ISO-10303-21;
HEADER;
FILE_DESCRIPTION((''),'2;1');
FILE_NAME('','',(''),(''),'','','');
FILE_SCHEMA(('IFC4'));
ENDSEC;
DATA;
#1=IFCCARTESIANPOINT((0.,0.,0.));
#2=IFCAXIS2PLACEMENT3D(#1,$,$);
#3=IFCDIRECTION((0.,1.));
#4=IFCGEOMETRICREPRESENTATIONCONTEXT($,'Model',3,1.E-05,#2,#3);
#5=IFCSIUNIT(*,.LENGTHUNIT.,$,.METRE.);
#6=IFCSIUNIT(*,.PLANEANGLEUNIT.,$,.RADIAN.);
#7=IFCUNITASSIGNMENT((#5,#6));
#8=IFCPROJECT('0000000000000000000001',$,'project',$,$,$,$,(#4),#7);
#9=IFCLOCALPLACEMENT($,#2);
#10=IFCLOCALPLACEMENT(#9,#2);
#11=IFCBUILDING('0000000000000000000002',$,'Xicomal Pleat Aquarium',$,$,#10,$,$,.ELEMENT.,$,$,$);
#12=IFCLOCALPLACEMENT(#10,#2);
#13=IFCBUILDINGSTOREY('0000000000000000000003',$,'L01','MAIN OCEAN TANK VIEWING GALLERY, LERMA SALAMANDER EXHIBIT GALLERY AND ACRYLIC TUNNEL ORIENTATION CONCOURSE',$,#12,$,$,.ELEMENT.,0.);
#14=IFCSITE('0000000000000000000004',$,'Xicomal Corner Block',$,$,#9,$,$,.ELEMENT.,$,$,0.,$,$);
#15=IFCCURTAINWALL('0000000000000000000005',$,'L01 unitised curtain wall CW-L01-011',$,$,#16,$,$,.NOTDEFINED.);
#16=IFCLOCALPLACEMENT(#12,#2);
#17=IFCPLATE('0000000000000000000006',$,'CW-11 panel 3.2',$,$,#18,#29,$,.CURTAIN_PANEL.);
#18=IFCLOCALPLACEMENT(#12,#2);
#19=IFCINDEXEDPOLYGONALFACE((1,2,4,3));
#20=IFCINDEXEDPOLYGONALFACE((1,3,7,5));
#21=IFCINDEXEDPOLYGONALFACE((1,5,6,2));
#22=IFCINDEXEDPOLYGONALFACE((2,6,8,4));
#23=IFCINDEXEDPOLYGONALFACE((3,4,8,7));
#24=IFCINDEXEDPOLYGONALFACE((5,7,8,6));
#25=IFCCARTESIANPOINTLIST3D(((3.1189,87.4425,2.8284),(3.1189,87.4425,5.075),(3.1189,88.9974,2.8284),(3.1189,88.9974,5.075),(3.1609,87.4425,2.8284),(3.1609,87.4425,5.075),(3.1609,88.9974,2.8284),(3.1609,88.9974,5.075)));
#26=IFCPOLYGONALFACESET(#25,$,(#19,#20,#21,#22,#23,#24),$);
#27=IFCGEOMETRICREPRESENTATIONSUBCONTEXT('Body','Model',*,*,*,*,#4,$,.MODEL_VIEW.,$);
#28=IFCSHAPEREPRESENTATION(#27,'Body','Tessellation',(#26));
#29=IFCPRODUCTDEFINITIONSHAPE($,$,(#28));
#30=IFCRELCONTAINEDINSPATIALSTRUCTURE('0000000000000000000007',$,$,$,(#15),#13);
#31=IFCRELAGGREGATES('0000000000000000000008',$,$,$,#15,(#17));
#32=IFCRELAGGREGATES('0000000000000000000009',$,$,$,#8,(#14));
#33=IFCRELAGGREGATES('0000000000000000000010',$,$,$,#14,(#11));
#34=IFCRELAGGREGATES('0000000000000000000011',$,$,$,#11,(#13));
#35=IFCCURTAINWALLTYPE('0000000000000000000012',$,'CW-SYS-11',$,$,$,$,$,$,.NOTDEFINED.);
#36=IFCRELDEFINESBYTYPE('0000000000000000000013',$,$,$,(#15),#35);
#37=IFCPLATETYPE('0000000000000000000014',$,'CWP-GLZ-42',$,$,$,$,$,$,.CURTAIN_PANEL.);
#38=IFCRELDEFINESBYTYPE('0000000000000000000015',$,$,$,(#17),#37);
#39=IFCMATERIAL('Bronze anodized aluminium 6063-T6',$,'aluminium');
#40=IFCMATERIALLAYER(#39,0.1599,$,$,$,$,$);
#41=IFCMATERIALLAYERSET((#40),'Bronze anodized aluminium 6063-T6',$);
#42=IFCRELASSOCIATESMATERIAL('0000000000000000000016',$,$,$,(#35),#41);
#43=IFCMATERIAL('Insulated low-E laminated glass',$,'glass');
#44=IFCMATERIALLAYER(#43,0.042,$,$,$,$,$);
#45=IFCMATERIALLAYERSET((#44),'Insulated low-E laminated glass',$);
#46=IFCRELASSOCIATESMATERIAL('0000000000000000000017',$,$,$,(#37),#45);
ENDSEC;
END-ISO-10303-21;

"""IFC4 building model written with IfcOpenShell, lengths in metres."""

from ifc_helpers import new_model, si_unit, direction, frame, origin, origin_2d, place, context, subcontext, project, spatial, rectangle, extrude, material, layer, layer_set, type_object, element, aggregate, save


model = new_model("IFC4")

# Units and contexts
model_context = context("Model", 3, precision=1e-05, world=origin(), true_north=direction((0.0, 1.0)))
body_context = subcontext(model_context, "Body", "Model", "MODEL_VIEW")
ifc_project = project(units=[si_unit("LENGTHUNIT", "METRE"), si_unit("PLANEANGLEUNIT", "RADIAN")], contexts=[model_context])

# Site, building, storey
site_placement = place(None, origin())
site = spatial("IfcSite", under=ifc_project, at=site_placement, Name="Xicomal Corner Block", CompositionType="ELEMENT", RefElevation=0.0)
building_placement = place(site_placement, origin())
building = spatial("IfcBuilding", under=site, at=building_placement, Name="Xicomal Pleat Aquarium", CompositionType="ELEMENT")
storey_placement = place(building_placement, origin())
storey = spatial("IfcBuildingStorey", under=building, at=storey_placement, Name="L01", Description="MAIN OCEAN TANK VIEWING GALLERY, LERMA SALAMANDER EXHIBIT GALLERY AND ACRYLIC TUNNEL ORIENTATION CONCOURSE", CompositionType="ELEMENT", Elevation=0.0)

# Curtain wall, plate
ifc_material_1 = material(Name="Bronze anodized aluminium 6063-T6", Category="aluminium")
ifc_layer_1 = layer(ifc_material_1, 0.1599)
ifc_layer_set_1 = layer_set([ifc_layer_1], Name="Bronze anodized aluminium 6063-T6")
curtain_wall_type = type_object("IfcCurtainWallType", Name="CW-SYS-11", PredefinedType="NOTDEFINED", material=ifc_layer_set_1)
curtain_wall_placement = place(storey_placement, origin())
curtain_wall = element("IfcCurtainWall", 1, at=curtain_wall_placement, inside=storey, type_object=curtain_wall_type, Name="L01 unitised curtain wall CW-L01-011", PredefinedType="NOTDEFINED")
ifc_material_2 = material(Name="Insulated low-E laminated glass", Category="glass")
ifc_layer_2 = layer(ifc_material_2, 0.042)
ifc_layer_set_2 = layer_set([ifc_layer_2], Name="Insulated low-E laminated glass")
plate_type = type_object("IfcPlateType", Name="CWP-GLZ-42", PredefinedType="CURTAIN_PANEL", material=ifc_layer_set_2)
plate_1_placement = place(storey_placement, frame((3.1399, 88.22, 2.8284), z_axis=(0.0, 0.0, 1.0), x_axis=(0.0, 1.0, 0.0)))
plate_1 = element("IfcPlate", 2, at=plate_1_placement, type_object=plate_type, Name="CW-11 panel 3.2", PredefinedType="CURTAIN_PANEL", context=body_context, shape_type="SweptSolid", body=[
    extrude(rectangle(XDim=1.5549, YDim=0.042, at=origin_2d()), origin(), (0.0, 0.0, 1.0), 2.2466),
])
aggregate(curtain_wall, [plate_1])

save(model, "model.ifc")
